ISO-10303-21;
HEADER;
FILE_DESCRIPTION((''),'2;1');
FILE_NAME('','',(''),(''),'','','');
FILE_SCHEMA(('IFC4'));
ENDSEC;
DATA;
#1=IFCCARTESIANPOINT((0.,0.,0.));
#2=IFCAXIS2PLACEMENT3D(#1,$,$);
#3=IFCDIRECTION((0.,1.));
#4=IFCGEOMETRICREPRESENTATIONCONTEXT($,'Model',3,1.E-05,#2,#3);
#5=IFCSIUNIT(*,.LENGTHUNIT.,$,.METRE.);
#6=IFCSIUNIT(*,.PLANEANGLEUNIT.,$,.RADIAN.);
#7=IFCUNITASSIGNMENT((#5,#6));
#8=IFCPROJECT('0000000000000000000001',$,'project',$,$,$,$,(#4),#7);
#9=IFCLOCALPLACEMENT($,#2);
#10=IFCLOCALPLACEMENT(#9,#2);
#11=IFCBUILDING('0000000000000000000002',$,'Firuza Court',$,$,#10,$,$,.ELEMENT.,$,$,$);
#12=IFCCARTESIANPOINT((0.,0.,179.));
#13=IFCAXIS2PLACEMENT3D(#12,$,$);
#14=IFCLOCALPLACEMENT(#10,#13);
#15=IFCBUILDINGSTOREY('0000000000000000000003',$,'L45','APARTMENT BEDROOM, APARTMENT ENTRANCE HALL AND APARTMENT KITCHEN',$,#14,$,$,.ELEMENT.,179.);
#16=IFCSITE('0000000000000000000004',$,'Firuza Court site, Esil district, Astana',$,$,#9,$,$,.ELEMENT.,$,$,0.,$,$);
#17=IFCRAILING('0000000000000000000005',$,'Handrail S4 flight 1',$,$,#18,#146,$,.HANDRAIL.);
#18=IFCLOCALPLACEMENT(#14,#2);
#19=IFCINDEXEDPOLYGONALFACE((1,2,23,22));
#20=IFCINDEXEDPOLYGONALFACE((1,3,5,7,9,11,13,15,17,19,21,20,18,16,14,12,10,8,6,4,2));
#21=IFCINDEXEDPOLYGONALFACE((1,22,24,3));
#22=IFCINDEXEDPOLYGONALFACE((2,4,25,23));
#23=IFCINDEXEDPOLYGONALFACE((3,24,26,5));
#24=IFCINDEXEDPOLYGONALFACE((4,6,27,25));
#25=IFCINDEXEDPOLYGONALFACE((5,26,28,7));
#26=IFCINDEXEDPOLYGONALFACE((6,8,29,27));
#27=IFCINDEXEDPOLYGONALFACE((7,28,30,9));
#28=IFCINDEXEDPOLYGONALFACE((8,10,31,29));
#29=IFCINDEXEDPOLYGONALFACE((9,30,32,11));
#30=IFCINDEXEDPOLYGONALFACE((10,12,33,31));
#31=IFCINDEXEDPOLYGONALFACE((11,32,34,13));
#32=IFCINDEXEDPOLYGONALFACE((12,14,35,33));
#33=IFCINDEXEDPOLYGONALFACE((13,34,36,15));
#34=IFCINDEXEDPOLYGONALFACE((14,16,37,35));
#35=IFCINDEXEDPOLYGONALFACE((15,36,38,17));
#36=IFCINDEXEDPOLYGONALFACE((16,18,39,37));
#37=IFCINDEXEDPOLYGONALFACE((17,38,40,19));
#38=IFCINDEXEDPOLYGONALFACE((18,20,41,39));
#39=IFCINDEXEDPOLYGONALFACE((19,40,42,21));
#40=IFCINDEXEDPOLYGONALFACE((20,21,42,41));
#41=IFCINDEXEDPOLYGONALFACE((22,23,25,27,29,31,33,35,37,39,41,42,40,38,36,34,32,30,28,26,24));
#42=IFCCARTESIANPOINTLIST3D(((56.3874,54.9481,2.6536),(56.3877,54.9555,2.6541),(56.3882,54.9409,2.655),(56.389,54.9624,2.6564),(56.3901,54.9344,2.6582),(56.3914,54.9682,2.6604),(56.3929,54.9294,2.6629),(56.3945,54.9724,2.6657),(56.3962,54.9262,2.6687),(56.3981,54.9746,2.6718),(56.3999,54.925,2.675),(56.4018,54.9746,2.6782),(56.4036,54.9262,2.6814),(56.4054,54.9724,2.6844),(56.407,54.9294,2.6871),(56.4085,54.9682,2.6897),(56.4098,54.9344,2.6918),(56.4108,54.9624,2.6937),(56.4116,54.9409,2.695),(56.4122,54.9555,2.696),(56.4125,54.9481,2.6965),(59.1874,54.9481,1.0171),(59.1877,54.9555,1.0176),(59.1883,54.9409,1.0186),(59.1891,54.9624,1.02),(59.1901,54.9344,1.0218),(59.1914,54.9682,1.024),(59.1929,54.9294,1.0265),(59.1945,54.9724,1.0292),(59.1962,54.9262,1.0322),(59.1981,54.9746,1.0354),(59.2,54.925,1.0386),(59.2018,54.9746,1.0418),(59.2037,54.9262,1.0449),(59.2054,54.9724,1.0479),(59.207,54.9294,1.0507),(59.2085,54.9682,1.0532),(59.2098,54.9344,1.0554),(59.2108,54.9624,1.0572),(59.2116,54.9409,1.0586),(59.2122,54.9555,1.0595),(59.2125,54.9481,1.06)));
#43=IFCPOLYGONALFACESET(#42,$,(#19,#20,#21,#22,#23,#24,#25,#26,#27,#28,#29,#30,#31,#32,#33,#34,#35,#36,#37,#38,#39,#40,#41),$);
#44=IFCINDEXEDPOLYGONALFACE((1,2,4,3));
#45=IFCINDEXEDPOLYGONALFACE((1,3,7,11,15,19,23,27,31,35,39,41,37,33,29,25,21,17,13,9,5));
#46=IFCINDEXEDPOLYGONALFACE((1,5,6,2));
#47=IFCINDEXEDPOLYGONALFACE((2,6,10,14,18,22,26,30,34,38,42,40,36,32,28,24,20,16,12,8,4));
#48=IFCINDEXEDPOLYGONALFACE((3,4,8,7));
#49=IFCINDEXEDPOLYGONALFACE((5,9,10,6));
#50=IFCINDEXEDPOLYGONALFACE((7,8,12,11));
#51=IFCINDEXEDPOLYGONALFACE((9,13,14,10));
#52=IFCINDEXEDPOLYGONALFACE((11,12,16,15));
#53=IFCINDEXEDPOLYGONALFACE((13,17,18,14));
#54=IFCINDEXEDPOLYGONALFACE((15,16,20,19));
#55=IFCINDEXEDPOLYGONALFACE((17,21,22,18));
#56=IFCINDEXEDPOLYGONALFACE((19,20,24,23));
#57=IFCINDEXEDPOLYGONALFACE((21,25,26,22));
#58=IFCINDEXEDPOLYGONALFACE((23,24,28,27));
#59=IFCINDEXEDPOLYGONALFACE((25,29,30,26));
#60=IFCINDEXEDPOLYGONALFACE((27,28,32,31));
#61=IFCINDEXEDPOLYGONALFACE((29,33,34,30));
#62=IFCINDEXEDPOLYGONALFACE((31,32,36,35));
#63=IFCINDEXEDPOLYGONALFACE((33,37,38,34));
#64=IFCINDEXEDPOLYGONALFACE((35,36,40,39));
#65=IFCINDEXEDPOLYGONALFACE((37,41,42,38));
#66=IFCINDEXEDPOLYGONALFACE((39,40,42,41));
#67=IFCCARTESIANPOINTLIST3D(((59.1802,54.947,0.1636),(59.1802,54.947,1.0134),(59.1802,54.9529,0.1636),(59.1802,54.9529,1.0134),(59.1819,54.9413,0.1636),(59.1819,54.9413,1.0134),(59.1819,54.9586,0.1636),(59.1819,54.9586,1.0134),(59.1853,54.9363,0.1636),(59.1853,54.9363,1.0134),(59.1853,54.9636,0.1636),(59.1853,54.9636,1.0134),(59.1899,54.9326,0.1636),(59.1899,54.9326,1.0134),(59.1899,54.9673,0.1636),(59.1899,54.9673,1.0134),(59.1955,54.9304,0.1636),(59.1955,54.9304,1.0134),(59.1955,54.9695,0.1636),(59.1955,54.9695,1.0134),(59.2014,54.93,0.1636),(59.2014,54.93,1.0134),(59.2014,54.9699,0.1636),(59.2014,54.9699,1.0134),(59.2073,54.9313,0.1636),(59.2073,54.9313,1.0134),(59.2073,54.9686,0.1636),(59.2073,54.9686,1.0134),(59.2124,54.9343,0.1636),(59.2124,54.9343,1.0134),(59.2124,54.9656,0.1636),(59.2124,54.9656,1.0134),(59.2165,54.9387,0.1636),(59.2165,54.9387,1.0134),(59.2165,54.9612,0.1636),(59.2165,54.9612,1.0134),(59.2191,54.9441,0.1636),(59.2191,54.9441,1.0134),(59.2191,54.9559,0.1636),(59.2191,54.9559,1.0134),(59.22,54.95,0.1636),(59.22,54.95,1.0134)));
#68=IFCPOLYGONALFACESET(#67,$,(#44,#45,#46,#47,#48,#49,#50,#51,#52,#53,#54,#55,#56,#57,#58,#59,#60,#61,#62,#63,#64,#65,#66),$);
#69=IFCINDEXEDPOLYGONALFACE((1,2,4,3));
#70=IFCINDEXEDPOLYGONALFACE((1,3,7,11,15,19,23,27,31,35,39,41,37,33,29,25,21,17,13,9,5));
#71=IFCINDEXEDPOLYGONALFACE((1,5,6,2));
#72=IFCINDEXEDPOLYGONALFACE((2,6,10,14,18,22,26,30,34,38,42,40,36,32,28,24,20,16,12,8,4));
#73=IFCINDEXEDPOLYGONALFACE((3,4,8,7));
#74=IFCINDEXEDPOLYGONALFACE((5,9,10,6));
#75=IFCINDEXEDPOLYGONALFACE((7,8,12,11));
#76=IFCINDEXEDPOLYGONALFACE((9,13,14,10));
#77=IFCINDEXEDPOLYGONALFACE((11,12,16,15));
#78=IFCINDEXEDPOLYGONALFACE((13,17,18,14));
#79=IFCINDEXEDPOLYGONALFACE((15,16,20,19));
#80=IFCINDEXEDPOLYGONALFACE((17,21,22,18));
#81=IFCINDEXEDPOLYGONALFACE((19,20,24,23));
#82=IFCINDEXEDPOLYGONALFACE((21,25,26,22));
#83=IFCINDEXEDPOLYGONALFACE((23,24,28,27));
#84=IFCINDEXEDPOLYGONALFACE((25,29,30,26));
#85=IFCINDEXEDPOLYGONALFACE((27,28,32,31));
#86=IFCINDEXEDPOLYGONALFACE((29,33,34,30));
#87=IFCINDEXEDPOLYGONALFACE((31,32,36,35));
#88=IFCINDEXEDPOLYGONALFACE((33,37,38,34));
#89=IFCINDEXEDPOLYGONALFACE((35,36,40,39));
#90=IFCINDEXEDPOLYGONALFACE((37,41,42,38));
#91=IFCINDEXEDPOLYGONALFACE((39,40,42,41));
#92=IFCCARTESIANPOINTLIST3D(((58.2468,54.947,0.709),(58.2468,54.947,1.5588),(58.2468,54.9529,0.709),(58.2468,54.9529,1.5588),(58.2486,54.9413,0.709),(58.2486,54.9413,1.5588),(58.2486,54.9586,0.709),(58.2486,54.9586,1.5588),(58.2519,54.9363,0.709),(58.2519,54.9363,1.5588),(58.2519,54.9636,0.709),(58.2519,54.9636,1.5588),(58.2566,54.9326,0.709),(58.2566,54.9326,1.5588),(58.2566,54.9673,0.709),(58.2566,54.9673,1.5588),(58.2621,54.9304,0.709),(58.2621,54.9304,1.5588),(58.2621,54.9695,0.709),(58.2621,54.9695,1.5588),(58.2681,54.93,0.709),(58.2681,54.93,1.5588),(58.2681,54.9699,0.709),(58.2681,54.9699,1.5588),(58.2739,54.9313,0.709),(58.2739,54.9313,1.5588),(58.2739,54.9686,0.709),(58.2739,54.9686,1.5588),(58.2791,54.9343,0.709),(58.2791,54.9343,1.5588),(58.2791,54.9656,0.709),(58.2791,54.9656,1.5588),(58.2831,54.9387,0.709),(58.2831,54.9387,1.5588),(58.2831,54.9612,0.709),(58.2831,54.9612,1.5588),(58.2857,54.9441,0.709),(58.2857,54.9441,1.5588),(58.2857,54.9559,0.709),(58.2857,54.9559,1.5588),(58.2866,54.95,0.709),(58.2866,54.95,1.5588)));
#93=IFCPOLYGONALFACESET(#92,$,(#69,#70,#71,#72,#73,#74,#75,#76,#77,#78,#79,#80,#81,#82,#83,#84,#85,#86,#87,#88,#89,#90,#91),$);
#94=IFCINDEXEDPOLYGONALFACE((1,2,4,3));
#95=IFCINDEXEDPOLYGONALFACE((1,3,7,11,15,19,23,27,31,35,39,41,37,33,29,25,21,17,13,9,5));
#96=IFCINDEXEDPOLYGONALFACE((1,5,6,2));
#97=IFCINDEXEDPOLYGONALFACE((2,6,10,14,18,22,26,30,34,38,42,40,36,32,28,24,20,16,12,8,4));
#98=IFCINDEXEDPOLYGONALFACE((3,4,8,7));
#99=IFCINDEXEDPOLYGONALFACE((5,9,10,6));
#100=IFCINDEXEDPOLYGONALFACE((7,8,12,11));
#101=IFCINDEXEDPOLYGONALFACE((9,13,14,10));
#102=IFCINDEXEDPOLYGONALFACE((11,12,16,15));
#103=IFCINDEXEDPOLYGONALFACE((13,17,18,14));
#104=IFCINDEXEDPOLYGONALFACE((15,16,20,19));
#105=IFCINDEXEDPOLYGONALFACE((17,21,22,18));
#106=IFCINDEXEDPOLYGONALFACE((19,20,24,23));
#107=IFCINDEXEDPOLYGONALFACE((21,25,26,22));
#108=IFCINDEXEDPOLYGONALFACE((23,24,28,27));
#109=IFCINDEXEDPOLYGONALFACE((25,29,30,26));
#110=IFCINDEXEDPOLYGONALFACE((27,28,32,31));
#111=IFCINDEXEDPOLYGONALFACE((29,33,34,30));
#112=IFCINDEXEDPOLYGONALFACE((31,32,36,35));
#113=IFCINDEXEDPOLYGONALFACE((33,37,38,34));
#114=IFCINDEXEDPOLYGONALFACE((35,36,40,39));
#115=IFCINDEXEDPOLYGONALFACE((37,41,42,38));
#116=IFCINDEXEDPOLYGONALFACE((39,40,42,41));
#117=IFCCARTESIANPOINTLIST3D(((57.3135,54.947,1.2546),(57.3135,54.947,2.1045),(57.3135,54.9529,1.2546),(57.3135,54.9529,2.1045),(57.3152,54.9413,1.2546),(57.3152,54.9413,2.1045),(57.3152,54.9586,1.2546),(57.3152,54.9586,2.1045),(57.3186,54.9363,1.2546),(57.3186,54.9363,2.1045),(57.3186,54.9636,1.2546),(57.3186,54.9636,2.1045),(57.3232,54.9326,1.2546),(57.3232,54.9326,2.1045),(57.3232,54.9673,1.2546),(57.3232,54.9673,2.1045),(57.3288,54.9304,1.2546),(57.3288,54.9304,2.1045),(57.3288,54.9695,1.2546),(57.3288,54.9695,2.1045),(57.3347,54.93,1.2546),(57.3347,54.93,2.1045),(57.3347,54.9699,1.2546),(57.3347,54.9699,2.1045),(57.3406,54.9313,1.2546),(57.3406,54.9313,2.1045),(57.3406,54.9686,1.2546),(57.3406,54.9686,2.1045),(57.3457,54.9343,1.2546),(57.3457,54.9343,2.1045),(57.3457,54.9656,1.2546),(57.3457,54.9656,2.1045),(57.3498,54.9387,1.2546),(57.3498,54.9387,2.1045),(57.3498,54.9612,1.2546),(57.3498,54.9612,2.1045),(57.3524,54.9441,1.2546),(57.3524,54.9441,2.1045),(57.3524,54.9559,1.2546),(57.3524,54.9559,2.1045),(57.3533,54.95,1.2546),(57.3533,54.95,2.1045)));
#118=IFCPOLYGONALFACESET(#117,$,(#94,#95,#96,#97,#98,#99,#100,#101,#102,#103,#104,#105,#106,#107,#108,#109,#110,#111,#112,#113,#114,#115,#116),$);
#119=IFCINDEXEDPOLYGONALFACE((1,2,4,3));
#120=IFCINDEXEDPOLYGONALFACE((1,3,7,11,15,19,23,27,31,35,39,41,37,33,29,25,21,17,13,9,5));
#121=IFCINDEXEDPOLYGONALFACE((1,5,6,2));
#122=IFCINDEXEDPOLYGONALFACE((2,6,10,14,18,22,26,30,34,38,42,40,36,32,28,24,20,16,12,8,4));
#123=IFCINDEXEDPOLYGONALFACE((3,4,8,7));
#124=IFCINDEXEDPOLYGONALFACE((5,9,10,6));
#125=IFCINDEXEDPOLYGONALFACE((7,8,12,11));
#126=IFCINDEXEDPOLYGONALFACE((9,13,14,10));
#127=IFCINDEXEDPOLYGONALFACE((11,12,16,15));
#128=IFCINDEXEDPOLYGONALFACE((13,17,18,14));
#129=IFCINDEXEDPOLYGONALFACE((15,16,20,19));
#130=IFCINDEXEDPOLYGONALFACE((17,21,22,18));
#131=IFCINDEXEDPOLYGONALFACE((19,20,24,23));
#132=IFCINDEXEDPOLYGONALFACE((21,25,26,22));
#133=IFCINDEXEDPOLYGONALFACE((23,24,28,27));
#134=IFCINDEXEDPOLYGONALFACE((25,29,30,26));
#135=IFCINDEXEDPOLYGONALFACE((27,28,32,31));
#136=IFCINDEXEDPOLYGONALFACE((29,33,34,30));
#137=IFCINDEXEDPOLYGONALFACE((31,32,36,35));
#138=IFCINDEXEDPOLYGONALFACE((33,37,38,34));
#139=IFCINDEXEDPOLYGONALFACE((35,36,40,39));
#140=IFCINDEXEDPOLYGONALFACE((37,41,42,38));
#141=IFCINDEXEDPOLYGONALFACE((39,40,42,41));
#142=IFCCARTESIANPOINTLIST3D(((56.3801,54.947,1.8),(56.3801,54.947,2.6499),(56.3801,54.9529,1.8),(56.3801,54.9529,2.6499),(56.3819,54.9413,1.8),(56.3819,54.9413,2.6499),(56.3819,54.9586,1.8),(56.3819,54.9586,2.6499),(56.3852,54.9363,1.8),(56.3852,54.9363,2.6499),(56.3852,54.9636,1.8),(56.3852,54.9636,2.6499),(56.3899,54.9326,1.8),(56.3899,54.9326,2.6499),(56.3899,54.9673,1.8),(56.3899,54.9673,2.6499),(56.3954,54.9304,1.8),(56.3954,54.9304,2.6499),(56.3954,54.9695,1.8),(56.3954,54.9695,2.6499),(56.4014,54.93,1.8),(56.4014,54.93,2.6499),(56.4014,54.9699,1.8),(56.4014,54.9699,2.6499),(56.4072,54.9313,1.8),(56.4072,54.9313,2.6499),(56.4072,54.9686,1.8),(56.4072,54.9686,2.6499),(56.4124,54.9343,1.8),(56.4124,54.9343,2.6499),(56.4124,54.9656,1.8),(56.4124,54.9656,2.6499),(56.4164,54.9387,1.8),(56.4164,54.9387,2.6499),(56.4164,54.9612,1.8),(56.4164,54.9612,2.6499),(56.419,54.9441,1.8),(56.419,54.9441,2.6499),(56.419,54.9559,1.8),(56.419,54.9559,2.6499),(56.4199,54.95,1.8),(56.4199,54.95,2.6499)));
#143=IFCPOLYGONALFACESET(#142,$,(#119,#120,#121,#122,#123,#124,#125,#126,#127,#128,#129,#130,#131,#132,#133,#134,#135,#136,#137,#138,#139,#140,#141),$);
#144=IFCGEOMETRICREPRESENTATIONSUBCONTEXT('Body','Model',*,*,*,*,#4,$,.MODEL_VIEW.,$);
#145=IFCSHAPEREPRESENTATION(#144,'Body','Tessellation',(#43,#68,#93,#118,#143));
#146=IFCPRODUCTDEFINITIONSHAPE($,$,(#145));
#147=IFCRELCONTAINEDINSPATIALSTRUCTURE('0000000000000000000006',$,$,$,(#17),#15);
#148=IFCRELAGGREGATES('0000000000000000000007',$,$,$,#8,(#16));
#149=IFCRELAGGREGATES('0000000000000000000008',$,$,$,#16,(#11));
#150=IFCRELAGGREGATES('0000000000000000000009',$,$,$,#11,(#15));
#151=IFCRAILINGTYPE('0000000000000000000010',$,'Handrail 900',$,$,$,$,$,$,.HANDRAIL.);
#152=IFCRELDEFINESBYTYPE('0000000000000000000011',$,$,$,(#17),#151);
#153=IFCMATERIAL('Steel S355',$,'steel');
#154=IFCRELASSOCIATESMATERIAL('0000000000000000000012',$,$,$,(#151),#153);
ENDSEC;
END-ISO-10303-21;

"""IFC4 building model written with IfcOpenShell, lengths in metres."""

from ifc_helpers import new_model, si_unit, direction, frame, origin, origin_2d, place, context, subcontext, project, spatial, circle, extrude, material, type_object, element, save


model = new_model("IFC4")

# Units and contexts
model_context = context("Model", 3, precision=1e-05, world=origin(), true_north=direction((0.0, 1.0)))
body_context = subcontext(model_context, "Body", "Model", "MODEL_VIEW")
ifc_project = project(units=[si_unit("LENGTHUNIT", "METRE"), si_unit("PLANEANGLEUNIT", "RADIAN")], contexts=[model_context])

# Site, building, storey
site_placement = place(None, origin())
site = spatial("IfcSite", under=ifc_project, at=site_placement, Name="Firuza Court site, Esil district, Astana", CompositionType="ELEMENT", RefElevation=0.0)
building_placement = place(site_placement, origin())
building = spatial("IfcBuilding", under=site, at=building_placement, Name="Firuza Court", CompositionType="ELEMENT")
storey_placement = place(building_placement, frame((0.0, 0.0, 179.0)))
storey = spatial("IfcBuildingStorey", under=building, at=storey_placement, Name="L45", Description="APARTMENT BEDROOM, APARTMENT ENTRANCE HALL AND APARTMENT KITCHEN", CompositionType="ELEMENT", Elevation=179.0)

# Railing
ifc_material_1 = material(Name="Steel S355", Category="steel")
railing_type_1 = type_object("IfcRailingType", Name="Handrail 900", PredefinedType="HANDRAIL", material=ifc_material_1)
railing_1_placement = place(storey_placement, frame((59.2, 54.95, 0.1636)))
element("IfcRailing", 1, at=railing_1_placement, inside=storey, type_object=railing_type_1, Name="Handrail S4 flight 1", PredefinedType="HANDRAIL", context=body_context, shape_type="SweptSolid", body=[
    extrude(circle(Radius=0.0249, at=origin_2d()), frame((0.0, 0.0, 0.875), z_axis=(-0.863361, 0.0, 0.504587), x_axis=(0.0, -1.0, 0.0)), (0.0, 0.0, 1.0), 3.2432),
    extrude(circle(Radius=0.02, at=origin_2d()), origin(), (0.0, 0.0, 1.0), 0.8499),
    extrude(circle(Radius=0.02, at=origin_2d()), frame((-0.9333, 0.0, 0.5454)), (0.0, 0.0, 1.0), 0.8499),
    extrude(circle(Radius=0.02, at=origin_2d()), frame((-1.8667, 0.0, 1.0911)), (0.0, 0.0, 1.0), 0.8499),
    extrude(circle(Radius=0.02, at=origin_2d()), frame((-2.8, 0.0, 1.6365)), (0.0, 0.0, 1.0), 0.8499),
])

save(model, "model.ifc")
